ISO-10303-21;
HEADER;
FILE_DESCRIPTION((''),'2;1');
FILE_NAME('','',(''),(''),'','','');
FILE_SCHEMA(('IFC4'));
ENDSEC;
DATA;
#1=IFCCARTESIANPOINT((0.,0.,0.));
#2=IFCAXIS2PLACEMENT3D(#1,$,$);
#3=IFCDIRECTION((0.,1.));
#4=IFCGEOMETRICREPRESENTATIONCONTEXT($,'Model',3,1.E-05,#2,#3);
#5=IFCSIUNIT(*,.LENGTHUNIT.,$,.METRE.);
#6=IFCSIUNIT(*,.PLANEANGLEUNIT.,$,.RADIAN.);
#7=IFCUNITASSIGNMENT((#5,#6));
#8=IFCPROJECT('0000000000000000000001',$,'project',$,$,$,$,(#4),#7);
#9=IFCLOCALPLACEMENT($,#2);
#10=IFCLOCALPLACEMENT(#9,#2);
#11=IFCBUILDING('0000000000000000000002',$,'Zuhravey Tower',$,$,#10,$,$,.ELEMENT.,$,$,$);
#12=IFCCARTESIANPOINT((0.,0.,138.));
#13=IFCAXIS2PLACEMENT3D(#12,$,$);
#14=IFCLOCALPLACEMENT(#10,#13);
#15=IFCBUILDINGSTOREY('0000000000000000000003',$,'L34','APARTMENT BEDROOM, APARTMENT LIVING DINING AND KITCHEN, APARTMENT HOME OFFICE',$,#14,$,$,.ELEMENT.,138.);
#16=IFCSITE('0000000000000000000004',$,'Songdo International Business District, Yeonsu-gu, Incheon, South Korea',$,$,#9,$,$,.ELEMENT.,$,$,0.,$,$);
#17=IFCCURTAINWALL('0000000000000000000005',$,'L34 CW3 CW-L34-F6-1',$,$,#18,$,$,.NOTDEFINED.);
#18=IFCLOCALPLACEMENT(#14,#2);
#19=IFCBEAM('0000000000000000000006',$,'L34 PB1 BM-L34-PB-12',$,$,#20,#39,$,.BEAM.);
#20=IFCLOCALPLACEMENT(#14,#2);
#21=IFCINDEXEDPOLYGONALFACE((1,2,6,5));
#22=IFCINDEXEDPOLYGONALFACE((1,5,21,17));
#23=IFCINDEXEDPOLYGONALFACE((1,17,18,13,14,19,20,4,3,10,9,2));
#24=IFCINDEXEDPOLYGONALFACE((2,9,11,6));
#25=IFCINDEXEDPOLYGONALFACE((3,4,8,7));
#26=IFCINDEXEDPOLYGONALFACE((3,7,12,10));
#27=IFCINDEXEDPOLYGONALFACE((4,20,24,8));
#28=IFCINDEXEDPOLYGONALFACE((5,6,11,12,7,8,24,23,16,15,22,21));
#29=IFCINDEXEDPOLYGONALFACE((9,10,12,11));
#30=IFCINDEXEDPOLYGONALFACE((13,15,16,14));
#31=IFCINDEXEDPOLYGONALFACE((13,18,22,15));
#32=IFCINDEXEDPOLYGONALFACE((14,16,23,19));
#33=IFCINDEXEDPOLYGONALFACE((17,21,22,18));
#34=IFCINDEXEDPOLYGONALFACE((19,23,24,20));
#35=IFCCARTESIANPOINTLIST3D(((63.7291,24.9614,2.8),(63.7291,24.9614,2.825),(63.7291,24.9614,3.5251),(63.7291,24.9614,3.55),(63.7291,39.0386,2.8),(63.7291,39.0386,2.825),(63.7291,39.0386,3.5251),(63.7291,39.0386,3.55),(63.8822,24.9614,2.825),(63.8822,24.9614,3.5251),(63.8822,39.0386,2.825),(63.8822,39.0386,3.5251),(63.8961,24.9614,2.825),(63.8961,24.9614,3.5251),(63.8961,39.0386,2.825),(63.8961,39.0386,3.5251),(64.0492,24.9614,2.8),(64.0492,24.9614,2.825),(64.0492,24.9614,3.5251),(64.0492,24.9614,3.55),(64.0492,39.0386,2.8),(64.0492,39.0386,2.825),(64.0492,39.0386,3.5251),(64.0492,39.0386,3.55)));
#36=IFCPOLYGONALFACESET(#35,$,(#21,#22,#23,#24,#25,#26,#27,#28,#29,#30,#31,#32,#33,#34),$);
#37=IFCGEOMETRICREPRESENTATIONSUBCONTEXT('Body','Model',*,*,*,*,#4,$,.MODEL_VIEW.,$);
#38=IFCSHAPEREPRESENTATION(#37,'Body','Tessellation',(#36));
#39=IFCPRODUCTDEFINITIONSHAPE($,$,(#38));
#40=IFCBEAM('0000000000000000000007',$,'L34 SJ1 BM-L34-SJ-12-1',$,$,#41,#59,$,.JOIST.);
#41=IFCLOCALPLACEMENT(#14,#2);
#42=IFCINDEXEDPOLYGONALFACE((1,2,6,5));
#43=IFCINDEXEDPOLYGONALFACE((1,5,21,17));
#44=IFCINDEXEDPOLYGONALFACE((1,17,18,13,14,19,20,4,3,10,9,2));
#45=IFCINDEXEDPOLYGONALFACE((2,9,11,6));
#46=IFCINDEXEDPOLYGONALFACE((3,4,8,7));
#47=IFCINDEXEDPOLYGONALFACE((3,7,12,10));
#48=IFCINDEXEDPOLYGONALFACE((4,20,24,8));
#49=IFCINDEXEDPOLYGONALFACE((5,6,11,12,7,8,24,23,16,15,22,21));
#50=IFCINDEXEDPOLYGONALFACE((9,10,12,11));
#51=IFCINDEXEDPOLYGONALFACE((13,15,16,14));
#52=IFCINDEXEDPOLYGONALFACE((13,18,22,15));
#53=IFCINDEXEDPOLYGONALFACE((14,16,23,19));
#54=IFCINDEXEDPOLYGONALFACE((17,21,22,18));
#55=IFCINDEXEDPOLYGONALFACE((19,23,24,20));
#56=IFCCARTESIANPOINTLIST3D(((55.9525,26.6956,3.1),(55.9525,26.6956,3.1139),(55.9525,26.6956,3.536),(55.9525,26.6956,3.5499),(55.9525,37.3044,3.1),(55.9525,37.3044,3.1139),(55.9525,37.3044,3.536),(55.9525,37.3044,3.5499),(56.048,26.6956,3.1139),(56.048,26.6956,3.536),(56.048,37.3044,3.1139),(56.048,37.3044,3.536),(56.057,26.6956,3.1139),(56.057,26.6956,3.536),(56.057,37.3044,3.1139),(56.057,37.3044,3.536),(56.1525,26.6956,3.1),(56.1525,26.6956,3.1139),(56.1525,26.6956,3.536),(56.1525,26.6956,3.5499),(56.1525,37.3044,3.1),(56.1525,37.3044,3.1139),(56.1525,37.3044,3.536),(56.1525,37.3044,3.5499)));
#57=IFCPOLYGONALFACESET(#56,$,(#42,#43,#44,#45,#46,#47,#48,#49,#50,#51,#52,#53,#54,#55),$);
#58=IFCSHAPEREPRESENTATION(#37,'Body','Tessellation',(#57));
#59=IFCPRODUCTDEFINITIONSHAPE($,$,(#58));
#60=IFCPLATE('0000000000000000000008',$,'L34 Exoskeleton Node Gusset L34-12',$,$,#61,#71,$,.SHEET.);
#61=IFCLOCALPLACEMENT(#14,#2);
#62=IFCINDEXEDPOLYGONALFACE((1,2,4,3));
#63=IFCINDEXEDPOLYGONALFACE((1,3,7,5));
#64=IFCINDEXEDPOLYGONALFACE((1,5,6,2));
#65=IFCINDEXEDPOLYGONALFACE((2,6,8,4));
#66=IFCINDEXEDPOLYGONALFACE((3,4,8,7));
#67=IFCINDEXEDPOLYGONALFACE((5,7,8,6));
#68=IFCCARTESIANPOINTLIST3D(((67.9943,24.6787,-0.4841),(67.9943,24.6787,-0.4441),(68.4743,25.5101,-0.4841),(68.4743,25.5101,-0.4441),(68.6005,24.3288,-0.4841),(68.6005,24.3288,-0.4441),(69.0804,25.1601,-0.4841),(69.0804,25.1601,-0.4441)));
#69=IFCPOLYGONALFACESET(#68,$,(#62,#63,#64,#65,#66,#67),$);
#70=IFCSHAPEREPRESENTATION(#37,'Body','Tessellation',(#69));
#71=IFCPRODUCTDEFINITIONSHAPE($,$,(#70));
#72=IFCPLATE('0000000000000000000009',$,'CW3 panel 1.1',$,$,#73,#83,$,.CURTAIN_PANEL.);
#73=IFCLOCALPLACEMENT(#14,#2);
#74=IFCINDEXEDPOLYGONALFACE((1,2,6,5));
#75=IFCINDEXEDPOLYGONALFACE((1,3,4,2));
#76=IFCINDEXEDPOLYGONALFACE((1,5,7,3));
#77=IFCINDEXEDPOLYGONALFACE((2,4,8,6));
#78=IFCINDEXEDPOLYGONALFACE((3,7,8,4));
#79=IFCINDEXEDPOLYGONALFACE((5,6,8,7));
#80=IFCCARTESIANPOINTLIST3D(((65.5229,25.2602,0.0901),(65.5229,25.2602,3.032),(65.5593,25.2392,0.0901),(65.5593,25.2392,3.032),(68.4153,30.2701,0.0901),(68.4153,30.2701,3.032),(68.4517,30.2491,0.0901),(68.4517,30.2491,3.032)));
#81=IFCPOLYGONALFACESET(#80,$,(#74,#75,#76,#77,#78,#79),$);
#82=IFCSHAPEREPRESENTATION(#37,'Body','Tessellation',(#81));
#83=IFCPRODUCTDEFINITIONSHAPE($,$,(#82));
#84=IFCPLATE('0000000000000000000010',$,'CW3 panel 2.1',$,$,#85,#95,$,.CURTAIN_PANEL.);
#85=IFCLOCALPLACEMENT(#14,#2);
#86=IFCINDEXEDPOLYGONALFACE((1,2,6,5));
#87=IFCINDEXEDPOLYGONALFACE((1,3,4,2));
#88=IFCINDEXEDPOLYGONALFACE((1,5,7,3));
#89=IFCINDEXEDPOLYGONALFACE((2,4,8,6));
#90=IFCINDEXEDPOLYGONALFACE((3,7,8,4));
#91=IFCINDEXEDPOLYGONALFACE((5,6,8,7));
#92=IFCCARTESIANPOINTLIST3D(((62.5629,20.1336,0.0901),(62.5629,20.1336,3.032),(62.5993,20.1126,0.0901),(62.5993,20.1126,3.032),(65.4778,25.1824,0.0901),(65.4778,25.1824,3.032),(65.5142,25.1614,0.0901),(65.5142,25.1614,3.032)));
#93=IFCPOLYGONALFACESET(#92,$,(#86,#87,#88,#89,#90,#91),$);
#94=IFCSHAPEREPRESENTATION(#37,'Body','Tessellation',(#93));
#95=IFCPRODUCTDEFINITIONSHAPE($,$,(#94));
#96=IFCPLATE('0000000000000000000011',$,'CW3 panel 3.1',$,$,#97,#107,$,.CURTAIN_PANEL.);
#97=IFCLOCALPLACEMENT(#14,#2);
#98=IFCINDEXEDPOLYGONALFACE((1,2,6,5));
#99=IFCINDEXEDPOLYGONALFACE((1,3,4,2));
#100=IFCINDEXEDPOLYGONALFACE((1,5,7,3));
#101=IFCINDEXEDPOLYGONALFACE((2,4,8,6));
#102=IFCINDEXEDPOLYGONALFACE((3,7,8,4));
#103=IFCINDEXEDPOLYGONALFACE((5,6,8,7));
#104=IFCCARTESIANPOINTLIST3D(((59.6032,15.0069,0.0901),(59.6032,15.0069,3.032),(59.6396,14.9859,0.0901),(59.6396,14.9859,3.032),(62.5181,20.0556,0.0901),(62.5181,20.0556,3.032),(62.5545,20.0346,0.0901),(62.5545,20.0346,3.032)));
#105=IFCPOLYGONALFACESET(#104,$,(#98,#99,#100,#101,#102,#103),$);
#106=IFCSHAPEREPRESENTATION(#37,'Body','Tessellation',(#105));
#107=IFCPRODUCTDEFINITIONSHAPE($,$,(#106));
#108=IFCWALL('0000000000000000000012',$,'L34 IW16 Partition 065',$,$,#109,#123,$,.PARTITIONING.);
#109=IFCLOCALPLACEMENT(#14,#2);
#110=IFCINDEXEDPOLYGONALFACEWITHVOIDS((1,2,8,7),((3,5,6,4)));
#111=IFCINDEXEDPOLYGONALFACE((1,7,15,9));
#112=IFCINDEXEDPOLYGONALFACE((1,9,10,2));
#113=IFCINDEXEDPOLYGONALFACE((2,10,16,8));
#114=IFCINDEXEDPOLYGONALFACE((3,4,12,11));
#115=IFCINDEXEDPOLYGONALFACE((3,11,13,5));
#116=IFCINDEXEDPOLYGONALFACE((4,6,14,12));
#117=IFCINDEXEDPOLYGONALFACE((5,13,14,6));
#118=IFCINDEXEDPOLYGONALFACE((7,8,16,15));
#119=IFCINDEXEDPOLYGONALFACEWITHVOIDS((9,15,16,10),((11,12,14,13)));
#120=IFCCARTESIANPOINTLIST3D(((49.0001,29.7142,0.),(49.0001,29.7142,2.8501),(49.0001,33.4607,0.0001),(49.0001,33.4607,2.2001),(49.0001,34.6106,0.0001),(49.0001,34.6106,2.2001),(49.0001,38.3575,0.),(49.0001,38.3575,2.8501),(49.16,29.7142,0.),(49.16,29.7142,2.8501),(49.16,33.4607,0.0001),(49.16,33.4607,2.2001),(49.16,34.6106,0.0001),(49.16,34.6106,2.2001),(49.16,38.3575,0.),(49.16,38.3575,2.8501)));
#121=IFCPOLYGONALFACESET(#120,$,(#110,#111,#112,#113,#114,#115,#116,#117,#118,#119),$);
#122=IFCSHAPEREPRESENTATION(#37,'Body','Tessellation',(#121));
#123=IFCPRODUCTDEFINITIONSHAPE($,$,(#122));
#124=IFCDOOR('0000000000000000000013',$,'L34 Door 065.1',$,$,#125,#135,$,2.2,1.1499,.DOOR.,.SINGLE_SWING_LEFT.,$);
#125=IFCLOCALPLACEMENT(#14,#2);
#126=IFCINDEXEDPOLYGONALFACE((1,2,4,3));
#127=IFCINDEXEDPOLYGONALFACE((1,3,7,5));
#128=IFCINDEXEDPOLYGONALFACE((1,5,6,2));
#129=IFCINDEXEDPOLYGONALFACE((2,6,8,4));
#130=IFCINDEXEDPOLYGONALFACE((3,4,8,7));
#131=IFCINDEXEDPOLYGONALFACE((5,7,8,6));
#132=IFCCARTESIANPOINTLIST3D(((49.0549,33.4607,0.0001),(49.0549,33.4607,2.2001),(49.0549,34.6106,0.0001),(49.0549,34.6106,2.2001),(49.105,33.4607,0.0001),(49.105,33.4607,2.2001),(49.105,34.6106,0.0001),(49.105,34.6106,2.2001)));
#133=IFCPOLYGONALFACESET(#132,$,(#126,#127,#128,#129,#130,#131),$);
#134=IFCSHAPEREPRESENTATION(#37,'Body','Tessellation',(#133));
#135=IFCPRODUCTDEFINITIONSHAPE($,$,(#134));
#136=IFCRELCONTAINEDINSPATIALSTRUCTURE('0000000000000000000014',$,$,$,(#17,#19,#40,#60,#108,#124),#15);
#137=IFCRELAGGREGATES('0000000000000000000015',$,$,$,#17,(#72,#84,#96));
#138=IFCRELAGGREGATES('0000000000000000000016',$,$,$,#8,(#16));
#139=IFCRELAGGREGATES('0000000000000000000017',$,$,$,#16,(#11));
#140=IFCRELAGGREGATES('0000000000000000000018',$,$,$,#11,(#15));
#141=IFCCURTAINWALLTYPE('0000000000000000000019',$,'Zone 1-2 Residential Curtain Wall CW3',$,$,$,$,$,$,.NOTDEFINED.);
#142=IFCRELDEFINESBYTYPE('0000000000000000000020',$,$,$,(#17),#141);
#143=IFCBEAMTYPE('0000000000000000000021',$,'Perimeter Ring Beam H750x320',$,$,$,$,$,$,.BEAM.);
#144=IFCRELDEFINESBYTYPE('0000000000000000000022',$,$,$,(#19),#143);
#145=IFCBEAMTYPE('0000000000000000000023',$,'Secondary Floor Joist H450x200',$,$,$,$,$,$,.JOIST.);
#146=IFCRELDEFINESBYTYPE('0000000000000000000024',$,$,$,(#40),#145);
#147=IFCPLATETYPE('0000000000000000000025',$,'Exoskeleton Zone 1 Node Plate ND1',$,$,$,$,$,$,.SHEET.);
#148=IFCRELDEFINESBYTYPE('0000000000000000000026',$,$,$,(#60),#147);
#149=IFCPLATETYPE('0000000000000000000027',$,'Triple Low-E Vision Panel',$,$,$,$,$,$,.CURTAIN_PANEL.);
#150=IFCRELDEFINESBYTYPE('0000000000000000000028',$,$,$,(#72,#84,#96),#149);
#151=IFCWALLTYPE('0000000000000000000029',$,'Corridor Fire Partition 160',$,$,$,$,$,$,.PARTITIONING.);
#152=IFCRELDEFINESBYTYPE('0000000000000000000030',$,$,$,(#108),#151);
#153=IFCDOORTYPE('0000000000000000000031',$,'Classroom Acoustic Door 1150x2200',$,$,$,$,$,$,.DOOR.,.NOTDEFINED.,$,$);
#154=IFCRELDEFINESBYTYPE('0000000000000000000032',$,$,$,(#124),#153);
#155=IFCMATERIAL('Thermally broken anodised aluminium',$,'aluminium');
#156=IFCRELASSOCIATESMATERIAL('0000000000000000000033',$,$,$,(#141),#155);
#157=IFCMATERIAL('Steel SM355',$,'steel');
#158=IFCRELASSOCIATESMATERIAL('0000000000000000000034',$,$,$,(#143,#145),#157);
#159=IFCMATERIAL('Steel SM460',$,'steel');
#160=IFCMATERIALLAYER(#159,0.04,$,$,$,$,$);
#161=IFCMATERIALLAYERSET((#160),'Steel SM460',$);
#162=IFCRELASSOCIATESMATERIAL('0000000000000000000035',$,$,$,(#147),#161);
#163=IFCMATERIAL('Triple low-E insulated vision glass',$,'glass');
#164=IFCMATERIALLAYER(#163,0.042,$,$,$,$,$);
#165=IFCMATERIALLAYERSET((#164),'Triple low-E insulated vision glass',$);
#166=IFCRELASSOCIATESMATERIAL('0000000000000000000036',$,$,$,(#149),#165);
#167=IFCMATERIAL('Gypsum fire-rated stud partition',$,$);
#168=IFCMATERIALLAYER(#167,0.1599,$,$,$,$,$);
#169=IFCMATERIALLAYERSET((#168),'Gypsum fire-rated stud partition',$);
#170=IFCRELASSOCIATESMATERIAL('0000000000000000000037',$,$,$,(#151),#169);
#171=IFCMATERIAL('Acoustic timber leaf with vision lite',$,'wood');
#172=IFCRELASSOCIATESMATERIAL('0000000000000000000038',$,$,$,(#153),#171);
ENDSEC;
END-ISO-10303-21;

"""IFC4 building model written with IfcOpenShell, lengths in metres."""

from ifc_helpers import new_model, si_unit, direction, frame, frame_2d, origin, origin_2d, place, context, subcontext, project, spatial, rectangle, i_section, extrude, material, layer, layer_set, material_profile, profile_set, type_object, element, fill, aggregate, save


model = new_model("IFC4")

# Units and contexts
model_context = context("Model", 3, precision=1e-05, world=origin(), true_north=direction((0.0, 1.0)))
body_context = subcontext(model_context, "Body", "Model", "MODEL_VIEW")
ifc_project = project(units=[si_unit("LENGTHUNIT", "METRE"), si_unit("PLANEANGLEUNIT", "RADIAN")], contexts=[model_context])

# Site, building, storey
site_placement = place(None, origin())
site = spatial("IfcSite", under=ifc_project, at=site_placement, Name="Songdo International Business District, Yeonsu-gu, Incheon, South Korea", CompositionType="ELEMENT", RefElevation=0.0)
building_placement = place(site_placement, origin())
building = spatial("IfcBuilding", under=site, at=building_placement, Name="Zuhravey Tower", CompositionType="ELEMENT")
storey_placement = place(building_placement, frame((0.0, 0.0, 138.0)))
storey = spatial("IfcBuildingStorey", under=building, at=storey_placement, Name="L34", Description="APARTMENT BEDROOM, APARTMENT LIVING DINING AND KITCHEN, APARTMENT HOME OFFICE", CompositionType="ELEMENT", Elevation=138.0)

# Curtain wall
ifc_material_1 = material(Name="Thermally broken anodised aluminium", Category="aluminium")
curtain_wall_type = type_object("IfcCurtainWallType", Name="Zone 1-2 Residential Curtain Wall CW3", PredefinedType="NOTDEFINED", material=ifc_material_1)
curtain_wall_placement = place(storey_placement, origin())
curtain_wall = element("IfcCurtainWall", 1, at=curtain_wall_placement, inside=storey, type_object=curtain_wall_type, Name="L34 CW3 CW-L34-F6-1", PredefinedType="NOTDEFINED")

# Shared definitions
ifc_material_2 = material(Name="Steel SM460", Category="steel")

# Beams
ifc_material_3 = material(Name="Steel SM355", Category="steel")
ifc_material_profile_1 = material_profile(ifc_material_3, i_section(OverallWidth=0.3201, OverallDepth=0.75, WebThickness=0.0139, FlangeThickness=0.0249, at=origin_2d()), Name="H-750x320x14x25")
ifc_profile_set_1 = profile_set([ifc_material_profile_1], Name="Steel SM355")
beam_type_1 = type_object("IfcBeamType", Name="Perimeter Ring Beam H750x320", PredefinedType="BEAM", material=ifc_profile_set_1)
beam_1_placement = place(storey_placement, frame((63.8892, 24.9614, 3.175), z_axis=(0.0, 1.0, 0.0), x_axis=(-1.0, 0.0, 0.0)))
element("IfcBeam", 2, at=beam_1_placement, inside=storey, type_object=beam_type_1, Name="L34 PB1 BM-L34-PB-12", PredefinedType="BEAM", context=body_context, shape_type="SweptSolid", body=[
    extrude(i_section(OverallWidth=0.3201, OverallDepth=0.75, WebThickness=0.0139, FlangeThickness=0.0249, at=origin_2d()), origin(), (0.0, 0.0, 1.0), 14.0771),
])
ifc_material_profile_2 = material_profile(ifc_material_3, i_section(OverallWidth=0.2, OverallDepth=0.45, WebThickness=0.009, FlangeThickness=0.0139, at=origin_2d()), Name="H-450x200x9x14")
ifc_profile_set_2 = profile_set([ifc_material_profile_2], Name="Steel SM355")
beam_type_2 = type_object("IfcBeamType", Name="Secondary Floor Joist H450x200", PredefinedType="JOIST", material=ifc_profile_set_2)
beam_2_placement = place(storey_placement, frame((56.0525, 26.6956, 3.325), z_axis=(0.0, 1.0, 0.0), x_axis=(-1.0, 0.0, 0.0)))
element("IfcBeam", 3, at=beam_2_placement, inside=storey, type_object=beam_type_2, Name="L34 SJ1 BM-L34-SJ-12-1", PredefinedType="JOIST", context=body_context, shape_type="SweptSolid", body=[
    extrude(i_section(OverallWidth=0.2, OverallDepth=0.45, WebThickness=0.009, FlangeThickness=0.0139, at=origin_2d()), origin(), (0.0, 0.0, 1.0), 10.6089),
])

# Plates
ifc_layer_1 = layer(ifc_material_2, 0.04)
ifc_layer_set_1 = layer_set([ifc_layer_1], Name="Steel SM460")
plate_type_1 = type_object("IfcPlateType", Name="Exoskeleton Zone 1 Node Plate ND1", PredefinedType="SHEET", material=ifc_layer_set_1)
plate_1_placement = place(storey_placement, frame((68.5374, 24.9194, -0.4841), z_axis=(0.0, 0.0, 1.0), x_axis=(0.5, 0.866025, 0.0)))
element("IfcPlate", 4, at=plate_1_placement, inside=storey, type_object=plate_type_1, Name="L34 Exoskeleton Node Gusset L34-12", PredefinedType="SHEET", context=body_context, shape_type="SweptSolid", body=[
    extrude(rectangle(XDim=0.96, YDim=0.7, at=origin_2d()), origin(), (0.0, 0.0, 1.0), 0.04),
])
ifc_material_4 = material(Name="Triple low-E insulated vision glass", Category="glass")
ifc_layer_2 = layer(ifc_material_4, 0.042)
ifc_layer_set_2 = layer_set([ifc_layer_2], Name="Triple low-E insulated vision glass")
plate_type_2 = type_object("IfcPlateType", Name="Triple Low-E Vision Panel", PredefinedType="CURTAIN_PANEL", material=ifc_layer_set_2)
plate_2_placement = place(storey_placement, frame((66.9873, 27.7546, 0.0901), z_axis=(0.0, 0.0, 1.0), x_axis=(-0.5, -0.866026, 0.0)))
plate_2 = element("IfcPlate", 5, at=plate_2_placement, type_object=plate_type_2, Name="CW3 panel 1.1", PredefinedType="CURTAIN_PANEL", context=body_context, shape_type="SweptSolid", body=[
    extrude(rectangle(XDim=5.7849, YDim=0.042, at=origin_2d()), origin(), (0.0, 0.0, 1.0), 2.9419),
])
plate_3_placement = place(storey_placement, frame((64.0386, 22.6475, 0.0901), z_axis=(0.0, 0.0, 1.0), x_axis=(-0.5, -0.866026, 0.0)))
plate_3 = element("IfcPlate", 6, at=plate_3_placement, type_object=plate_type_2, Name="CW3 panel 2.1", PredefinedType="CURTAIN_PANEL", context=body_context, shape_type="SweptSolid", body=[
    extrude(rectangle(XDim=5.8298, YDim=0.042, at=origin_2d()), origin(), (0.0, 0.0, 1.0), 2.9419),
])
plate_4_placement = place(storey_placement, frame((61.0789, 17.5208, 0.0901), z_axis=(0.0, 0.0, 1.0), x_axis=(-0.5, -0.866026, 0.0)))
plate_4 = element("IfcPlate", 7, at=plate_4_placement, type_object=plate_type_2, Name="CW3 panel 3.1", PredefinedType="CURTAIN_PANEL", context=body_context, shape_type="SweptSolid", body=[
    extrude(rectangle(XDim=5.8298, YDim=0.042, at=origin_2d()), origin(), (0.0, 0.0, 1.0), 2.9419),
])
aggregate(curtain_wall, [plate_2, plate_3, plate_4])

# Wall, opening, door
ifc_material_5 = material(Name="Gypsum fire-rated stud partition")
ifc_layer_3 = layer(ifc_material_5, 0.1599)
ifc_layer_set_3 = layer_set([ifc_layer_3], Name="Gypsum fire-rated stud partition")
wall_type_1 = type_object("IfcWallType", Name="Corridor Fire Partition 160", PredefinedType="PARTITIONING", material=ifc_layer_set_3)
wall_1_placement = place(storey_placement, frame((49.0801, 29.7141, 0.0), z_axis=(0.0, 0.0, 1.0), x_axis=(0.0, 1.0, 0.0)))
wall_1 = element("IfcWall", 8, at=wall_1_placement, inside=storey, type_object=wall_type_1, Name="L34 IW16 Partition 065", PredefinedType="PARTITIONING", context=body_context, shape_type="SweptSolid", body=[
    extrude(rectangle(XDim=8.6433, YDim=0.1599, at=frame_2d((4.3218, 0.0))), origin(), (0.0, 0.0, 1.0), 2.8501),
])
opening_1_placement = place(wall_1_placement, frame((3.7466, 0.0, 0.0)))
opening_1 = element("IfcOpeningElement", 9, at=opening_1_placement, cuts=wall_1, PredefinedType="OPENING", context=body_context, shape_type="SweptSolid", body=[
    extrude(rectangle(XDim=1.1499, YDim=2.2, at=frame_2d((0.575, 1.1001))), frame((0.0, 0.092, 0.0), z_axis=(0.0, -1.0, 0.0), x_axis=(1.0, 0.0, 0.0)), (0.0, 0.0, 1.0), 0.1838),
])
ifc_material_6 = material(Name="Acoustic timber leaf with vision lite", Category="wood")
door_type_1 = type_object("IfcDoorType", Name="Classroom Acoustic Door 1150x2200", OperationType="NOTDEFINED", PredefinedType="DOOR", material=ifc_material_6)
door_1_placement = place(opening_1_placement, frame((1.1499, 0.0, 0.0), z_axis=(0.0, 0.0, 1.0), x_axis=(-1.0, 0.0, 0.0)))
door_1 = element("IfcDoor", 10, at=door_1_placement, inside=storey, type_object=door_type_1, Name="L34 Door 065.1", OperationType="SINGLE_SWING_LEFT", OverallHeight=2.2, OverallWidth=1.1499, PredefinedType="DOOR", context=body_context, shape_type="SweptSolid", body=[
    extrude(rectangle(XDim=1.1499, YDim=2.2, at=frame_2d((0.575, 1.1001))), frame((0.0, 0.0249, 0.0), z_axis=(0.0, -1.0, 0.0), x_axis=(1.0, 0.0, 0.0)), (0.0, 0.0, 1.0), 0.05),
])
fill(opening_1, door_1)

save(model, "model.ifc")
